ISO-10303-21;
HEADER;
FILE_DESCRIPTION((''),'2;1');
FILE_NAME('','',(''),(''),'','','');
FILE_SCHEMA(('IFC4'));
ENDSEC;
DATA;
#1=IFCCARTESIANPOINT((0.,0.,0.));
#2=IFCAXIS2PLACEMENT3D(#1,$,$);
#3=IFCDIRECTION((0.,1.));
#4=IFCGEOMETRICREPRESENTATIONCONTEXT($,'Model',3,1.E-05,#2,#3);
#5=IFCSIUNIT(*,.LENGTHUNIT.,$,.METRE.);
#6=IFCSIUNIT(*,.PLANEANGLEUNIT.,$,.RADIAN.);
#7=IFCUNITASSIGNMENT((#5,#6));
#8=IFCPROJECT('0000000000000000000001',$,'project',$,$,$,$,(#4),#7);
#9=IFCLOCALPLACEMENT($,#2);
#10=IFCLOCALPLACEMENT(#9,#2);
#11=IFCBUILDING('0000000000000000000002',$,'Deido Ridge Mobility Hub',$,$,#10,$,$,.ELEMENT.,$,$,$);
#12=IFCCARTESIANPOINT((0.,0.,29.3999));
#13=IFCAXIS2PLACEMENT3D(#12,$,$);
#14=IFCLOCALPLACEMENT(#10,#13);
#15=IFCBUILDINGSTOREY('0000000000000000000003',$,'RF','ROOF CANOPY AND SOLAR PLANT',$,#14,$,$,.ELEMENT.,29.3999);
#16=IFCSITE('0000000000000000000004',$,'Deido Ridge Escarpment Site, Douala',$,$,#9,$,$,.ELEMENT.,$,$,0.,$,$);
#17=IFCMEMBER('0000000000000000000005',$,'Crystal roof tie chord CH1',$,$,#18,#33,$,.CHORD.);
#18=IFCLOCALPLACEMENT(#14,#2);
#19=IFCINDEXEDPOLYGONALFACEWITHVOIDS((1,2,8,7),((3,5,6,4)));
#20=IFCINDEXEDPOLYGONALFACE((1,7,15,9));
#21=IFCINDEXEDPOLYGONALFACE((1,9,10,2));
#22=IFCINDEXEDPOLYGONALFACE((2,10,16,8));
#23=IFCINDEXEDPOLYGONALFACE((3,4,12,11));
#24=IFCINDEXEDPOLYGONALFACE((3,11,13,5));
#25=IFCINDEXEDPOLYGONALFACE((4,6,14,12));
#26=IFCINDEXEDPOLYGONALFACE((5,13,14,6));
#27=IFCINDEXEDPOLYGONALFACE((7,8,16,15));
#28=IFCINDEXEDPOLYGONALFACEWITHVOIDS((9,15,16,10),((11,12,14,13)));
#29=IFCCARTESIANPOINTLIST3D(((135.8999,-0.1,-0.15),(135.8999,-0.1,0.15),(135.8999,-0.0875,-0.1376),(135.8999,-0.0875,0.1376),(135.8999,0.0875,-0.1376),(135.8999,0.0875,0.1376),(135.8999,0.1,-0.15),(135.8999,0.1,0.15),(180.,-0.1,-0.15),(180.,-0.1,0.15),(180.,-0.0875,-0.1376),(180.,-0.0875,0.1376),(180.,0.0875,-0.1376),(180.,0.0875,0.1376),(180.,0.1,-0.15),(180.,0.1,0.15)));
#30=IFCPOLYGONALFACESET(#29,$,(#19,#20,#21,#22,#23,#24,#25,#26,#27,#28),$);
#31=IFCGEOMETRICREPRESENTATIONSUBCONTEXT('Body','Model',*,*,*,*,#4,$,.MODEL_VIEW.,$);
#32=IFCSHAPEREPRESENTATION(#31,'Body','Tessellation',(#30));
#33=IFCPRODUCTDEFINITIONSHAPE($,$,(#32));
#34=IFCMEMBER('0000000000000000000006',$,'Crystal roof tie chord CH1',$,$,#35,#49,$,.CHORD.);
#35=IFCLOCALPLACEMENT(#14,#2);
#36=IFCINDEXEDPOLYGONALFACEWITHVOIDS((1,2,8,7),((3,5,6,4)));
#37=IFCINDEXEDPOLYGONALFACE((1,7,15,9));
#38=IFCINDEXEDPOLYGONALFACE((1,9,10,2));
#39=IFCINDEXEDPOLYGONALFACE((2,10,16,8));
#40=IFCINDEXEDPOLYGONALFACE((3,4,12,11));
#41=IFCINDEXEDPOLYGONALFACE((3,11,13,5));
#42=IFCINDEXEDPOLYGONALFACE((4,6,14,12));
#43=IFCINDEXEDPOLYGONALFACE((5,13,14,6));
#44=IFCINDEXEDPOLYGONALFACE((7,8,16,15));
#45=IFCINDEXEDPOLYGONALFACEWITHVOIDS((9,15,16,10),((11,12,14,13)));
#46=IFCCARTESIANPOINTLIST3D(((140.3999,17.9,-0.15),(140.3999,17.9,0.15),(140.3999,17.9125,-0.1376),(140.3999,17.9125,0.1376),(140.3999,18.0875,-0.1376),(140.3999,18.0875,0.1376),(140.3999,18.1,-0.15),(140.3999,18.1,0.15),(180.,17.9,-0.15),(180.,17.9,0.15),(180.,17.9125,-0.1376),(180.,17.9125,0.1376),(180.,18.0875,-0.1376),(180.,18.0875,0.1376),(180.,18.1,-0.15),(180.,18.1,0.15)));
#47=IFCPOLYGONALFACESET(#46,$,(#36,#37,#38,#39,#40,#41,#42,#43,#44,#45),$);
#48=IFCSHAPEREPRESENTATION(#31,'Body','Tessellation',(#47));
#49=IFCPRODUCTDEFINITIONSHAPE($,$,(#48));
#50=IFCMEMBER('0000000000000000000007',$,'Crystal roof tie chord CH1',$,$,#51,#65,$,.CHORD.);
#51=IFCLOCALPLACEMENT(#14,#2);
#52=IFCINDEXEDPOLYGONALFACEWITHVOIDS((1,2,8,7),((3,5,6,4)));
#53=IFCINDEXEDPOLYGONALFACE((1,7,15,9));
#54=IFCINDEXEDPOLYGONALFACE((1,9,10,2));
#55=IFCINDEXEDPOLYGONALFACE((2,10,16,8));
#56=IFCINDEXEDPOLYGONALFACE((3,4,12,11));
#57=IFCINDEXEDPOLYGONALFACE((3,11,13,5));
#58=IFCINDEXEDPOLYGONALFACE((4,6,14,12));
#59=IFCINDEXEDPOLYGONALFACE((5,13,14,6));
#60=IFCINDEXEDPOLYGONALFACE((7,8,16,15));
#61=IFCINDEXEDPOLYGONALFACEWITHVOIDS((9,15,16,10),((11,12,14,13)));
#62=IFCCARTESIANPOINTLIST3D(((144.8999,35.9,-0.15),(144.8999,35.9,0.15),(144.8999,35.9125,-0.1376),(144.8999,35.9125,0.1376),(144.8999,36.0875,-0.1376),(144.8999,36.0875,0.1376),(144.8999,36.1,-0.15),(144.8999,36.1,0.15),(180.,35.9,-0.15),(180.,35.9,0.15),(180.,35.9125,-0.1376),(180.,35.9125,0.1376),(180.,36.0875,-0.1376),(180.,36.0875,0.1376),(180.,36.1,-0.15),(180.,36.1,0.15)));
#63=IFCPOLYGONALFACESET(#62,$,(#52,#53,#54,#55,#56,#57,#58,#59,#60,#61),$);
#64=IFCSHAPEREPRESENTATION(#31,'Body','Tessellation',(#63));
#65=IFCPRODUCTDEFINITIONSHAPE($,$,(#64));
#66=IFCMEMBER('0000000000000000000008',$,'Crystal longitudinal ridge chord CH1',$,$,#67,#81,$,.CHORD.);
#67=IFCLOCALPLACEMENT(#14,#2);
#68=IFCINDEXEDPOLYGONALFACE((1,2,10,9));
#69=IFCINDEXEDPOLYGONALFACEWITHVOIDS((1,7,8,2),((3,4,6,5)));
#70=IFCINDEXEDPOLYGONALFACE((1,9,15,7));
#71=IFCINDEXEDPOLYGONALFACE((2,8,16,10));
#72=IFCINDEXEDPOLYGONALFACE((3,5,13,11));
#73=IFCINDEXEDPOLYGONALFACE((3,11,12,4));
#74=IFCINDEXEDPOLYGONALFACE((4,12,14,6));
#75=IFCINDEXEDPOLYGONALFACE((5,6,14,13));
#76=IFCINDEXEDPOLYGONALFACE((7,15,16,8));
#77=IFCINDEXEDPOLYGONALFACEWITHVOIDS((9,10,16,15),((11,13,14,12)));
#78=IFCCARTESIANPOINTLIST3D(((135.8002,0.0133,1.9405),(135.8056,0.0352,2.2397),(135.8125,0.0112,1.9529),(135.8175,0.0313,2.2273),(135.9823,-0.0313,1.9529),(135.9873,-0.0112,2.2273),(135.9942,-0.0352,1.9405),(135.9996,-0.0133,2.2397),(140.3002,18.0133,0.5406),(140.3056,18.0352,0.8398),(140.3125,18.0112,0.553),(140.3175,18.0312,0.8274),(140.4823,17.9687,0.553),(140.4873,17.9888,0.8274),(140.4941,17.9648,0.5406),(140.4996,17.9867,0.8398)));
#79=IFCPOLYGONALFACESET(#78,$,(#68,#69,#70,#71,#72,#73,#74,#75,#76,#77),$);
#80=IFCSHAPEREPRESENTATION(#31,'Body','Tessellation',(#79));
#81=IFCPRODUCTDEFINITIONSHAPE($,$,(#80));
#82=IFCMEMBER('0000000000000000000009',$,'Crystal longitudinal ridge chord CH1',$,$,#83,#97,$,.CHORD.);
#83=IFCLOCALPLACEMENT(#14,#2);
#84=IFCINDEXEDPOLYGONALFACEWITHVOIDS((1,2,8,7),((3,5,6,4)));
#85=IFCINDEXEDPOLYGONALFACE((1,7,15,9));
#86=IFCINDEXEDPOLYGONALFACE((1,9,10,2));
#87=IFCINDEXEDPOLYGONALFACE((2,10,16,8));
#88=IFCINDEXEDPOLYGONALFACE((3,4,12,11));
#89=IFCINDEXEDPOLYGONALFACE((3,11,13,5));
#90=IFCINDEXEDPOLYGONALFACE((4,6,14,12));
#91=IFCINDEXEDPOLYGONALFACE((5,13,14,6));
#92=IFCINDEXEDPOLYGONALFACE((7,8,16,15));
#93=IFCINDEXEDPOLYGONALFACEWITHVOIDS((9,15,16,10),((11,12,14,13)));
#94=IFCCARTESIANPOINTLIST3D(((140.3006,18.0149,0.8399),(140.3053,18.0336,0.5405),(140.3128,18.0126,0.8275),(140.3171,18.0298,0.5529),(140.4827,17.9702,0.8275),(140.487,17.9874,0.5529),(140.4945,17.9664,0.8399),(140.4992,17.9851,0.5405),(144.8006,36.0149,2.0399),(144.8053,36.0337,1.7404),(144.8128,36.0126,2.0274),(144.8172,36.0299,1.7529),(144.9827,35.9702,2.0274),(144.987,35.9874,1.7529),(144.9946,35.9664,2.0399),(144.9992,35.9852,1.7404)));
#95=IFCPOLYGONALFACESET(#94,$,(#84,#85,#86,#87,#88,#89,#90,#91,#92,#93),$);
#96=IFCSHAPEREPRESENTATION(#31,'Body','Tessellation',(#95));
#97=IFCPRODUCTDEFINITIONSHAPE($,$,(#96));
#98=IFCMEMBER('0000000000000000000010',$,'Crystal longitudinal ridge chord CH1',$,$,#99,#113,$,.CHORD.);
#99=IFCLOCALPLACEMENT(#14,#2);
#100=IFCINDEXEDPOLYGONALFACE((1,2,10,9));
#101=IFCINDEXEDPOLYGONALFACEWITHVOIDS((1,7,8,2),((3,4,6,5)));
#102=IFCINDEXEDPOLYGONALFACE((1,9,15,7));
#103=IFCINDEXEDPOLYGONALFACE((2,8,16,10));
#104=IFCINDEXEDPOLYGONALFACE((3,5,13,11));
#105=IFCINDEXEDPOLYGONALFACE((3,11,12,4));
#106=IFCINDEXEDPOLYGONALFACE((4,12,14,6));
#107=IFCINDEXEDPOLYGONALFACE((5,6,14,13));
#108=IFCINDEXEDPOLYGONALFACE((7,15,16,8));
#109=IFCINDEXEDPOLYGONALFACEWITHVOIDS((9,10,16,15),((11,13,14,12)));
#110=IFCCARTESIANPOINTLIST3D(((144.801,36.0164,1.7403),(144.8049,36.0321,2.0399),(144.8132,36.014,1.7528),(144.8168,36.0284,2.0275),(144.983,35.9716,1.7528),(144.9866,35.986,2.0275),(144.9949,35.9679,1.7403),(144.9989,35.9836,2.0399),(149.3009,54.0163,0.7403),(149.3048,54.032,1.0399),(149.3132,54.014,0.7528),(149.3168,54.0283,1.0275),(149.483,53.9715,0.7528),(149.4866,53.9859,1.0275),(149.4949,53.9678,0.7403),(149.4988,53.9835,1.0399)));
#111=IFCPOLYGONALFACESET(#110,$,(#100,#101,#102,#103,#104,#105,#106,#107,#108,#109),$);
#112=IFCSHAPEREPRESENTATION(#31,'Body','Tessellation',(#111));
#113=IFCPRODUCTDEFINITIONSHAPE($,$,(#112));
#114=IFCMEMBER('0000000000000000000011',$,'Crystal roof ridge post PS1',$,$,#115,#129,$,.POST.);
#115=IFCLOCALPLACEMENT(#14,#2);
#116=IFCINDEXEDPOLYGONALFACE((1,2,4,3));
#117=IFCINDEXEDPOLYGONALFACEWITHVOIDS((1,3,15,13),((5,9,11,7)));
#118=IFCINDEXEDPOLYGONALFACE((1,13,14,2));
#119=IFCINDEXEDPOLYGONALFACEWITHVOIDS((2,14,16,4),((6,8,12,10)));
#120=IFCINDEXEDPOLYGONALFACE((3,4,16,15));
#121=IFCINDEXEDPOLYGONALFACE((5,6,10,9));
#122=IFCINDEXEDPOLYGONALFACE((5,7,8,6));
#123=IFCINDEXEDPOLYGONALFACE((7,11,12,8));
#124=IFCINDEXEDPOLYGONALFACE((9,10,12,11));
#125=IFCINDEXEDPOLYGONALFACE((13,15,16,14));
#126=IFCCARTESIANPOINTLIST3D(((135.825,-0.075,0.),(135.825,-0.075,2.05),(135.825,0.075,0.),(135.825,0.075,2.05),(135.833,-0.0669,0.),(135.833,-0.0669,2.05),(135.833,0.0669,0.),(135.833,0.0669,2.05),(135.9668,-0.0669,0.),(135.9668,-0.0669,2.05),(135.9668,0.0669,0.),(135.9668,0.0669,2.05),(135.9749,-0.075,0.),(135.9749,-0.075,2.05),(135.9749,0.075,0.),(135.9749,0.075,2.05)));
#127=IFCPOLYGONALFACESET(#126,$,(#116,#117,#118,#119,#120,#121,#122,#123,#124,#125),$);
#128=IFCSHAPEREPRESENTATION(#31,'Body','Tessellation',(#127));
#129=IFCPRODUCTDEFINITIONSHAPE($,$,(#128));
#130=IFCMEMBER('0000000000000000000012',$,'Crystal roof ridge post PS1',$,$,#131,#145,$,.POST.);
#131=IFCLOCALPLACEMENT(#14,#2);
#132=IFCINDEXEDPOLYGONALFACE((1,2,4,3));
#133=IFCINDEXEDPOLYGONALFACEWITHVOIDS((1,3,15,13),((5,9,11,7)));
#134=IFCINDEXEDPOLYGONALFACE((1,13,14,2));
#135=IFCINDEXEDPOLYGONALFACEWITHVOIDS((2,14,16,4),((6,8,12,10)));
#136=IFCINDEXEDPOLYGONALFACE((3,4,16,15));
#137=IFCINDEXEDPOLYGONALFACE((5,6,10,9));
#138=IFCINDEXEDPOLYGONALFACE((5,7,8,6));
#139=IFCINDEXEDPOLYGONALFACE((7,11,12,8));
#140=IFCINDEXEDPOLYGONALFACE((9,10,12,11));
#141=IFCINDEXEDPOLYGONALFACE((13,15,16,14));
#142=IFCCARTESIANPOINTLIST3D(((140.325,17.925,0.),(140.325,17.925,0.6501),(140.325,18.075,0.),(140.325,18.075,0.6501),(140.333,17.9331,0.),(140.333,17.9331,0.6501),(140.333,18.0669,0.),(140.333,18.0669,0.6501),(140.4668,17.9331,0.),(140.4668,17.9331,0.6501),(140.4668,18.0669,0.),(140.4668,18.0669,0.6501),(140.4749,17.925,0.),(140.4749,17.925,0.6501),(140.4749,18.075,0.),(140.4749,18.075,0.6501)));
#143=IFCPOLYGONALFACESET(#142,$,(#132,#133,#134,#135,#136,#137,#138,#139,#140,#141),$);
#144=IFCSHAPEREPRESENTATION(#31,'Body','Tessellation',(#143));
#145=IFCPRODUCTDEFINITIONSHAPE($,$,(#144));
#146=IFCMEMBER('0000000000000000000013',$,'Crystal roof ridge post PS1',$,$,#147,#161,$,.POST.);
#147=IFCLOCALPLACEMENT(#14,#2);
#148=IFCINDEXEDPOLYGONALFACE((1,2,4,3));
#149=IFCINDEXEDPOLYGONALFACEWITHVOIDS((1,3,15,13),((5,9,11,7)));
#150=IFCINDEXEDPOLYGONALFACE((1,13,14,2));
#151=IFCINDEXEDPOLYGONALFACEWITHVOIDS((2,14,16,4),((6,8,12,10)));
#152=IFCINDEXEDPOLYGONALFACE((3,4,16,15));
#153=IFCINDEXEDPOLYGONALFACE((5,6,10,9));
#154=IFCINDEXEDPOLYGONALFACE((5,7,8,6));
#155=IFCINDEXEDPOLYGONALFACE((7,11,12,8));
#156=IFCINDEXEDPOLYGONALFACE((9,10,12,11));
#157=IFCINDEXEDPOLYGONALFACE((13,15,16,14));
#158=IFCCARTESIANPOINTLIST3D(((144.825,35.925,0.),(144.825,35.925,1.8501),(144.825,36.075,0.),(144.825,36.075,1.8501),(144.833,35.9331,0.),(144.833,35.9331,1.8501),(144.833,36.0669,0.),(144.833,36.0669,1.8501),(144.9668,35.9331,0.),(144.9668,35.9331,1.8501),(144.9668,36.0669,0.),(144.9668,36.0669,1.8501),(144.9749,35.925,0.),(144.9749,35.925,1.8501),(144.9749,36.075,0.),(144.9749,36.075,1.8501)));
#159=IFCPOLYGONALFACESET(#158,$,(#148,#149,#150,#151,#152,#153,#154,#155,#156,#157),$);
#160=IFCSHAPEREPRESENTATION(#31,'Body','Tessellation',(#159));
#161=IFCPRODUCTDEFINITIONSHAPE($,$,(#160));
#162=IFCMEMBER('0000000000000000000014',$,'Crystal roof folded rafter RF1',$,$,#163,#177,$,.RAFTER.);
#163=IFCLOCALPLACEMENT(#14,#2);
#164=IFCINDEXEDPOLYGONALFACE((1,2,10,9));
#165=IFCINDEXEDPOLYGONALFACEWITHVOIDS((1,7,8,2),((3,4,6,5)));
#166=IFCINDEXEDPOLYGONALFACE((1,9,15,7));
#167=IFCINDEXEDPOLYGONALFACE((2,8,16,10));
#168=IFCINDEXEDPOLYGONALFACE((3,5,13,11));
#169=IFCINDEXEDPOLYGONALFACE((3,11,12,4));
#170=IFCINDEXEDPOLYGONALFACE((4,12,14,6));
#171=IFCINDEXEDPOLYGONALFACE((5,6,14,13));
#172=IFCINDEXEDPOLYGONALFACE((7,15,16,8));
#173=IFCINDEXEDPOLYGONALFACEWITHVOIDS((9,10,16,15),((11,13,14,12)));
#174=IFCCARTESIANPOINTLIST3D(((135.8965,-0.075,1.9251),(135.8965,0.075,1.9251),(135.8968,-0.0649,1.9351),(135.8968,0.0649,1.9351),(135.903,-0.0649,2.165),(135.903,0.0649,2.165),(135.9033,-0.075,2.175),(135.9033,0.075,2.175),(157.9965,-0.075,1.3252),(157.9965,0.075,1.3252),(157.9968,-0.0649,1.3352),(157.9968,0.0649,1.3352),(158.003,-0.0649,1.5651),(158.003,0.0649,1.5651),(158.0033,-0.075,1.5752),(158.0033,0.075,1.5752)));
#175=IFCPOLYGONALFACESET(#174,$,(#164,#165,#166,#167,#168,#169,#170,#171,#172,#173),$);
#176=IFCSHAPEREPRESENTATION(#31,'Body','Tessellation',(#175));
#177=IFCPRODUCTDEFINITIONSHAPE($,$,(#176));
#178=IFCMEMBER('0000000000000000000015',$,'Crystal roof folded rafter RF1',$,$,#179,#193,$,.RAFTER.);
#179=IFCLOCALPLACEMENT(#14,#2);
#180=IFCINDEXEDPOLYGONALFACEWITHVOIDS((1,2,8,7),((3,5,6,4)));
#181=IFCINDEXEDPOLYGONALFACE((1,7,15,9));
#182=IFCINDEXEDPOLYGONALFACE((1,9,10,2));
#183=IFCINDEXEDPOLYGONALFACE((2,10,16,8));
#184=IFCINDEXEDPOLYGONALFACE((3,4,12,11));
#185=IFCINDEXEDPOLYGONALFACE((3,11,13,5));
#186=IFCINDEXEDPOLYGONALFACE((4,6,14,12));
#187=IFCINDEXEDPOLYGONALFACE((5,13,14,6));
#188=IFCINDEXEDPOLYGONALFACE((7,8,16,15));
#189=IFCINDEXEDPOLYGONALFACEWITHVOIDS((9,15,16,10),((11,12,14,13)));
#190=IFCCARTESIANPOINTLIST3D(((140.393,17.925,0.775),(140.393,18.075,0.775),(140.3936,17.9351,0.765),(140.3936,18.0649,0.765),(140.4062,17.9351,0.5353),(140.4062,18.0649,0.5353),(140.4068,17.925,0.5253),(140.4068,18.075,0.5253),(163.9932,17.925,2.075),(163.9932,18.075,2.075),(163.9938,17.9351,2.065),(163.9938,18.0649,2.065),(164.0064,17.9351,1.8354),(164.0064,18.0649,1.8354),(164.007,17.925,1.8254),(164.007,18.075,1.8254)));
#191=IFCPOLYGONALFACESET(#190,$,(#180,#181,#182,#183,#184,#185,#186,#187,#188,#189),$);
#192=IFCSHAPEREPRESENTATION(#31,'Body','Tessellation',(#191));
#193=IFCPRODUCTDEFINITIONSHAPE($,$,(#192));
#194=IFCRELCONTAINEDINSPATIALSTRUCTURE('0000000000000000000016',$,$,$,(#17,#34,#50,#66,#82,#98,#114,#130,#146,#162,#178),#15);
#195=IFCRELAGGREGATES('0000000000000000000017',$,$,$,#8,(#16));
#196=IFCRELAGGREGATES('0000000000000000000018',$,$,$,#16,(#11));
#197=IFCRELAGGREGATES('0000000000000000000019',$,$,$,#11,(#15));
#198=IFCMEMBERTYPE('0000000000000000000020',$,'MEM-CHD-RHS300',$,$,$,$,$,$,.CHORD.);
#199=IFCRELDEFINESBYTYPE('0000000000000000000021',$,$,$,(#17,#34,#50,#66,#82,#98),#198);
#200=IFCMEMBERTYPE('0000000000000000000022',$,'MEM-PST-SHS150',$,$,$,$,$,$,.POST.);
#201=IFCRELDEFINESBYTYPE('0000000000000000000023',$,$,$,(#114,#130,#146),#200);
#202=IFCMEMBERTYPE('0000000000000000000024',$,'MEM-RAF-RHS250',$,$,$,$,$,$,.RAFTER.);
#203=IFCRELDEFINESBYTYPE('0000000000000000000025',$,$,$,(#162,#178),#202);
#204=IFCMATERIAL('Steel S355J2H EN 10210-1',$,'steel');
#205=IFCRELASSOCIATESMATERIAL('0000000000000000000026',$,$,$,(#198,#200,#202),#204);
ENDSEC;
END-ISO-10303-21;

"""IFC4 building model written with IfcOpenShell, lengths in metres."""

from ifc_helpers import new_model, si_unit, direction, frame, origin, origin_2d, place, context, subcontext, project, spatial, hollow_rectangle, extrude, material, material_profile, profile_set, type_object, element, save


model = new_model("IFC4")

# Units and contexts
model_context = context("Model", 3, precision=1e-05, world=origin(), true_north=direction((0.0, 1.0)))
body_context = subcontext(model_context, "Body", "Model", "MODEL_VIEW")
ifc_project = project(units=[si_unit("LENGTHUNIT", "METRE"), si_unit("PLANEANGLEUNIT", "RADIAN")], contexts=[model_context])

# Site, building, storey
site_placement = place(None, origin())
site = spatial("IfcSite", under=ifc_project, at=site_placement, Name="Deido Ridge Escarpment Site, Douala", CompositionType="ELEMENT", RefElevation=0.0)
building_placement = place(site_placement, origin())
building = spatial("IfcBuilding", under=site, at=building_placement, Name="Deido Ridge Mobility Hub", CompositionType="ELEMENT")
storey_placement = place(building_placement, frame((0.0, 0.0, 29.3999)))
storey = spatial("IfcBuildingStorey", under=building, at=storey_placement, Name="RF", Description="ROOF CANOPY AND SOLAR PLANT", CompositionType="ELEMENT", Elevation=29.3999)

# Members
ifc_material_1 = material(Name="Steel S355J2H EN 10210-1", Category="steel")
ifc_material_profile_1 = material_profile(ifc_material_1, hollow_rectangle(XDim=0.2, YDim=0.3, WallThickness=0.0125, at=origin_2d()), Name="RHS 300x200x12.5")
ifc_profile_set_1 = profile_set([ifc_material_profile_1], Name="Steel S355J2H EN 10210-1")
member_type_1 = type_object("IfcMemberType", Name="MEM-CHD-RHS300", PredefinedType="CHORD", material=ifc_profile_set_1)
member_1_placement = place(storey_placement, frame((135.8999, 0.0, 0.0), z_axis=(1.0, 0.0, 0.0), x_axis=(0.0, 1.0, 0.0)))
element("IfcMember", 1, at=member_1_placement, inside=storey, type_object=member_type_1, Name="Crystal roof tie chord CH1", PredefinedType="CHORD", context=body_context, shape_type="SweptSolid", body=[
    extrude(hollow_rectangle(XDim=0.2, YDim=0.3, WallThickness=0.0125, at=origin_2d()), origin(), (0.0, 0.0, 1.0), 44.1001),
])
member_2_placement = place(storey_placement, frame((140.3999, 18.0, 0.0), z_axis=(1.0, 0.0, 0.0), x_axis=(0.0, 1.0, 0.0)))
element("IfcMember", 2, at=member_2_placement, inside=storey, type_object=member_type_1, Name="Crystal roof tie chord CH1", PredefinedType="CHORD", context=body_context, shape_type="SweptSolid", body=[
    extrude(hollow_rectangle(XDim=0.2, YDim=0.3, WallThickness=0.0125, at=origin_2d()), origin(), (0.0, 0.0, 1.0), 39.6001),
])
member_3_placement = place(storey_placement, frame((144.8999, 36.0, 0.0), z_axis=(1.0, 0.0, 0.0), x_axis=(0.0, 1.0, 0.0)))
element("IfcMember", 3, at=member_3_placement, inside=storey, type_object=member_type_1, Name="Crystal roof tie chord CH1", PredefinedType="CHORD", context=body_context, shape_type="SweptSolid", body=[
    extrude(hollow_rectangle(XDim=0.2, YDim=0.3, WallThickness=0.0125, at=origin_2d()), origin(), (0.0, 0.0, 1.0), 35.1001),
])
member_4_placement = place(storey_placement, frame((135.8999, 0.0, 2.0901), z_axis=(0.241848, 0.967393, -0.075236), x_axis=(-0.970143, 0.242536, 0.0)))
element("IfcMember", 4, at=member_4_placement, inside=storey, type_object=member_type_1, Name="Crystal longitudinal ridge chord CH1", PredefinedType="CHORD", context=body_context, shape_type="SweptSolid", body=[
    extrude(hollow_rectangle(XDim=0.2, YDim=0.3, WallThickness=0.0125, at=origin_2d()), origin(), (0.0, 0.0, 1.0), 18.6067),
])
member_5_placement = place(storey_placement, frame((140.3999, 18.0, 0.6902), z_axis=(0.24203, 0.96812, 0.064539), x_axis=(-0.970143, 0.242536, 0.0)))
element("IfcMember", 5, at=member_5_placement, inside=storey, type_object=member_type_1, Name="Crystal longitudinal ridge chord CH1", PredefinedType="CHORD", context=body_context, shape_type="SweptSolid", body=[
    extrude(hollow_rectangle(XDim=0.2, YDim=0.3, WallThickness=0.0125, at=origin_2d()), origin(), (0.0, 0.0, 1.0), 18.5928),
])
member_6_placement = place(storey_placement, frame((144.8999, 36.0, 1.8901), z_axis=(0.242184, 0.968736, -0.053819), x_axis=(-0.970143, 0.242536, 0.0)))
element("IfcMember", 6, at=member_6_placement, inside=storey, type_object=member_type_1, Name="Crystal longitudinal ridge chord CH1", PredefinedType="CHORD", context=body_context, shape_type="SweptSolid", body=[
    extrude(hollow_rectangle(XDim=0.2, YDim=0.3, WallThickness=0.0125, at=origin_2d()), origin(), (0.0, 0.0, 1.0), 18.5808),
])
ifc_material_profile_2 = material_profile(ifc_material_1, hollow_rectangle(XDim=0.1499, YDim=0.1499, WallThickness=0.0081, at=origin_2d()), Name="SHS 150x150x8")
ifc_profile_set_2 = profile_set([ifc_material_profile_2], Name="Steel S355J2H EN 10210-1")
member_type_2 = type_object("IfcMemberType", Name="MEM-PST-SHS150", PredefinedType="POST", material=ifc_profile_set_2)
member_7_placement = place(storey_placement, frame((135.8999, 0.0, 0.0), z_axis=(0.0, 0.0, 1.0), x_axis=(1.0, 0.0, 0.0)))
element("IfcMember", 7, at=member_7_placement, inside=storey, type_object=member_type_2, Name="Crystal roof ridge post PS1", PredefinedType="POST", context=body_context, shape_type="SweptSolid", body=[
    extrude(hollow_rectangle(XDim=0.1499, YDim=0.1499, WallThickness=0.0081, at=origin_2d()), origin(), (0.0, 0.0, 1.0), 2.05),
])
member_8_placement = place(storey_placement, frame((140.3999, 18.0, 0.0), z_axis=(0.0, 0.0, 1.0), x_axis=(1.0, 0.0, 0.0)))
element("IfcMember", 8, at=member_8_placement, inside=storey, type_object=member_type_2, Name="Crystal roof ridge post PS1", PredefinedType="POST", context=body_context, shape_type="SweptSolid", body=[
    extrude(hollow_rectangle(XDim=0.1499, YDim=0.1499, WallThickness=0.0081, at=origin_2d()), origin(), (0.0, 0.0, 1.0), 0.6501),
])
member_9_placement = place(storey_placement, frame((144.8999, 36.0, 0.0), z_axis=(0.0, 0.0, 1.0), x_axis=(1.0, 0.0, 0.0)))
element("IfcMember", 9, at=member_9_placement, inside=storey, type_object=member_type_2, Name="Crystal roof ridge post PS1", PredefinedType="POST", context=body_context, shape_type="SweptSolid", body=[
    extrude(hollow_rectangle(XDim=0.1499, YDim=0.1499, WallThickness=0.0081, at=origin_2d()), origin(), (0.0, 0.0, 1.0), 1.8501),
])
ifc_material_profile_3 = material_profile(ifc_material_1, hollow_rectangle(XDim=0.1499, YDim=0.25, WallThickness=0.01, at=origin_2d()), Name="RHS 250x150x10")
ifc_profile_set_3 = profile_set([ifc_material_profile_3], Name="Steel S355J2H EN 10210-1")
member_type_3 = type_object("IfcMemberType", Name="MEM-RAF-RHS250", PredefinedType="RAFTER", material=ifc_profile_set_3)
member_10_placement = place(storey_placement, frame((135.8999, 0.0, 2.05), z_axis=(0.999632, 0.0, -0.027133), x_axis=(0.0, 1.0, 0.0)))
element("IfcMember", 10, at=member_10_placement, inside=storey, type_object=member_type_3, Name="Crystal roof folded rafter RF1", PredefinedType="RAFTER", context=body_context, shape_type="SweptSolid", body=[
    extrude(hollow_rectangle(XDim=0.1499, YDim=0.25, WallThickness=0.01, at=origin_2d()), origin(), (0.0, 0.0, 1.0), 22.1082),
])
member_11_placement = place(storey_placement, frame((140.3999, 18.0, 0.6501), z_axis=(0.998486, 0.0, 0.055003), x_axis=(0.0, 1.0, 0.0)))
element("IfcMember", 11, at=member_11_placement, inside=storey, type_object=member_type_3, Name="Crystal roof folded rafter RF1", PredefinedType="RAFTER", context=body_context, shape_type="SweptSolid", body=[
    extrude(hollow_rectangle(XDim=0.1499, YDim=0.25, WallThickness=0.01, at=origin_2d()), origin(), (0.0, 0.0, 1.0), 23.636),
])

save(model, "model.ifc")
